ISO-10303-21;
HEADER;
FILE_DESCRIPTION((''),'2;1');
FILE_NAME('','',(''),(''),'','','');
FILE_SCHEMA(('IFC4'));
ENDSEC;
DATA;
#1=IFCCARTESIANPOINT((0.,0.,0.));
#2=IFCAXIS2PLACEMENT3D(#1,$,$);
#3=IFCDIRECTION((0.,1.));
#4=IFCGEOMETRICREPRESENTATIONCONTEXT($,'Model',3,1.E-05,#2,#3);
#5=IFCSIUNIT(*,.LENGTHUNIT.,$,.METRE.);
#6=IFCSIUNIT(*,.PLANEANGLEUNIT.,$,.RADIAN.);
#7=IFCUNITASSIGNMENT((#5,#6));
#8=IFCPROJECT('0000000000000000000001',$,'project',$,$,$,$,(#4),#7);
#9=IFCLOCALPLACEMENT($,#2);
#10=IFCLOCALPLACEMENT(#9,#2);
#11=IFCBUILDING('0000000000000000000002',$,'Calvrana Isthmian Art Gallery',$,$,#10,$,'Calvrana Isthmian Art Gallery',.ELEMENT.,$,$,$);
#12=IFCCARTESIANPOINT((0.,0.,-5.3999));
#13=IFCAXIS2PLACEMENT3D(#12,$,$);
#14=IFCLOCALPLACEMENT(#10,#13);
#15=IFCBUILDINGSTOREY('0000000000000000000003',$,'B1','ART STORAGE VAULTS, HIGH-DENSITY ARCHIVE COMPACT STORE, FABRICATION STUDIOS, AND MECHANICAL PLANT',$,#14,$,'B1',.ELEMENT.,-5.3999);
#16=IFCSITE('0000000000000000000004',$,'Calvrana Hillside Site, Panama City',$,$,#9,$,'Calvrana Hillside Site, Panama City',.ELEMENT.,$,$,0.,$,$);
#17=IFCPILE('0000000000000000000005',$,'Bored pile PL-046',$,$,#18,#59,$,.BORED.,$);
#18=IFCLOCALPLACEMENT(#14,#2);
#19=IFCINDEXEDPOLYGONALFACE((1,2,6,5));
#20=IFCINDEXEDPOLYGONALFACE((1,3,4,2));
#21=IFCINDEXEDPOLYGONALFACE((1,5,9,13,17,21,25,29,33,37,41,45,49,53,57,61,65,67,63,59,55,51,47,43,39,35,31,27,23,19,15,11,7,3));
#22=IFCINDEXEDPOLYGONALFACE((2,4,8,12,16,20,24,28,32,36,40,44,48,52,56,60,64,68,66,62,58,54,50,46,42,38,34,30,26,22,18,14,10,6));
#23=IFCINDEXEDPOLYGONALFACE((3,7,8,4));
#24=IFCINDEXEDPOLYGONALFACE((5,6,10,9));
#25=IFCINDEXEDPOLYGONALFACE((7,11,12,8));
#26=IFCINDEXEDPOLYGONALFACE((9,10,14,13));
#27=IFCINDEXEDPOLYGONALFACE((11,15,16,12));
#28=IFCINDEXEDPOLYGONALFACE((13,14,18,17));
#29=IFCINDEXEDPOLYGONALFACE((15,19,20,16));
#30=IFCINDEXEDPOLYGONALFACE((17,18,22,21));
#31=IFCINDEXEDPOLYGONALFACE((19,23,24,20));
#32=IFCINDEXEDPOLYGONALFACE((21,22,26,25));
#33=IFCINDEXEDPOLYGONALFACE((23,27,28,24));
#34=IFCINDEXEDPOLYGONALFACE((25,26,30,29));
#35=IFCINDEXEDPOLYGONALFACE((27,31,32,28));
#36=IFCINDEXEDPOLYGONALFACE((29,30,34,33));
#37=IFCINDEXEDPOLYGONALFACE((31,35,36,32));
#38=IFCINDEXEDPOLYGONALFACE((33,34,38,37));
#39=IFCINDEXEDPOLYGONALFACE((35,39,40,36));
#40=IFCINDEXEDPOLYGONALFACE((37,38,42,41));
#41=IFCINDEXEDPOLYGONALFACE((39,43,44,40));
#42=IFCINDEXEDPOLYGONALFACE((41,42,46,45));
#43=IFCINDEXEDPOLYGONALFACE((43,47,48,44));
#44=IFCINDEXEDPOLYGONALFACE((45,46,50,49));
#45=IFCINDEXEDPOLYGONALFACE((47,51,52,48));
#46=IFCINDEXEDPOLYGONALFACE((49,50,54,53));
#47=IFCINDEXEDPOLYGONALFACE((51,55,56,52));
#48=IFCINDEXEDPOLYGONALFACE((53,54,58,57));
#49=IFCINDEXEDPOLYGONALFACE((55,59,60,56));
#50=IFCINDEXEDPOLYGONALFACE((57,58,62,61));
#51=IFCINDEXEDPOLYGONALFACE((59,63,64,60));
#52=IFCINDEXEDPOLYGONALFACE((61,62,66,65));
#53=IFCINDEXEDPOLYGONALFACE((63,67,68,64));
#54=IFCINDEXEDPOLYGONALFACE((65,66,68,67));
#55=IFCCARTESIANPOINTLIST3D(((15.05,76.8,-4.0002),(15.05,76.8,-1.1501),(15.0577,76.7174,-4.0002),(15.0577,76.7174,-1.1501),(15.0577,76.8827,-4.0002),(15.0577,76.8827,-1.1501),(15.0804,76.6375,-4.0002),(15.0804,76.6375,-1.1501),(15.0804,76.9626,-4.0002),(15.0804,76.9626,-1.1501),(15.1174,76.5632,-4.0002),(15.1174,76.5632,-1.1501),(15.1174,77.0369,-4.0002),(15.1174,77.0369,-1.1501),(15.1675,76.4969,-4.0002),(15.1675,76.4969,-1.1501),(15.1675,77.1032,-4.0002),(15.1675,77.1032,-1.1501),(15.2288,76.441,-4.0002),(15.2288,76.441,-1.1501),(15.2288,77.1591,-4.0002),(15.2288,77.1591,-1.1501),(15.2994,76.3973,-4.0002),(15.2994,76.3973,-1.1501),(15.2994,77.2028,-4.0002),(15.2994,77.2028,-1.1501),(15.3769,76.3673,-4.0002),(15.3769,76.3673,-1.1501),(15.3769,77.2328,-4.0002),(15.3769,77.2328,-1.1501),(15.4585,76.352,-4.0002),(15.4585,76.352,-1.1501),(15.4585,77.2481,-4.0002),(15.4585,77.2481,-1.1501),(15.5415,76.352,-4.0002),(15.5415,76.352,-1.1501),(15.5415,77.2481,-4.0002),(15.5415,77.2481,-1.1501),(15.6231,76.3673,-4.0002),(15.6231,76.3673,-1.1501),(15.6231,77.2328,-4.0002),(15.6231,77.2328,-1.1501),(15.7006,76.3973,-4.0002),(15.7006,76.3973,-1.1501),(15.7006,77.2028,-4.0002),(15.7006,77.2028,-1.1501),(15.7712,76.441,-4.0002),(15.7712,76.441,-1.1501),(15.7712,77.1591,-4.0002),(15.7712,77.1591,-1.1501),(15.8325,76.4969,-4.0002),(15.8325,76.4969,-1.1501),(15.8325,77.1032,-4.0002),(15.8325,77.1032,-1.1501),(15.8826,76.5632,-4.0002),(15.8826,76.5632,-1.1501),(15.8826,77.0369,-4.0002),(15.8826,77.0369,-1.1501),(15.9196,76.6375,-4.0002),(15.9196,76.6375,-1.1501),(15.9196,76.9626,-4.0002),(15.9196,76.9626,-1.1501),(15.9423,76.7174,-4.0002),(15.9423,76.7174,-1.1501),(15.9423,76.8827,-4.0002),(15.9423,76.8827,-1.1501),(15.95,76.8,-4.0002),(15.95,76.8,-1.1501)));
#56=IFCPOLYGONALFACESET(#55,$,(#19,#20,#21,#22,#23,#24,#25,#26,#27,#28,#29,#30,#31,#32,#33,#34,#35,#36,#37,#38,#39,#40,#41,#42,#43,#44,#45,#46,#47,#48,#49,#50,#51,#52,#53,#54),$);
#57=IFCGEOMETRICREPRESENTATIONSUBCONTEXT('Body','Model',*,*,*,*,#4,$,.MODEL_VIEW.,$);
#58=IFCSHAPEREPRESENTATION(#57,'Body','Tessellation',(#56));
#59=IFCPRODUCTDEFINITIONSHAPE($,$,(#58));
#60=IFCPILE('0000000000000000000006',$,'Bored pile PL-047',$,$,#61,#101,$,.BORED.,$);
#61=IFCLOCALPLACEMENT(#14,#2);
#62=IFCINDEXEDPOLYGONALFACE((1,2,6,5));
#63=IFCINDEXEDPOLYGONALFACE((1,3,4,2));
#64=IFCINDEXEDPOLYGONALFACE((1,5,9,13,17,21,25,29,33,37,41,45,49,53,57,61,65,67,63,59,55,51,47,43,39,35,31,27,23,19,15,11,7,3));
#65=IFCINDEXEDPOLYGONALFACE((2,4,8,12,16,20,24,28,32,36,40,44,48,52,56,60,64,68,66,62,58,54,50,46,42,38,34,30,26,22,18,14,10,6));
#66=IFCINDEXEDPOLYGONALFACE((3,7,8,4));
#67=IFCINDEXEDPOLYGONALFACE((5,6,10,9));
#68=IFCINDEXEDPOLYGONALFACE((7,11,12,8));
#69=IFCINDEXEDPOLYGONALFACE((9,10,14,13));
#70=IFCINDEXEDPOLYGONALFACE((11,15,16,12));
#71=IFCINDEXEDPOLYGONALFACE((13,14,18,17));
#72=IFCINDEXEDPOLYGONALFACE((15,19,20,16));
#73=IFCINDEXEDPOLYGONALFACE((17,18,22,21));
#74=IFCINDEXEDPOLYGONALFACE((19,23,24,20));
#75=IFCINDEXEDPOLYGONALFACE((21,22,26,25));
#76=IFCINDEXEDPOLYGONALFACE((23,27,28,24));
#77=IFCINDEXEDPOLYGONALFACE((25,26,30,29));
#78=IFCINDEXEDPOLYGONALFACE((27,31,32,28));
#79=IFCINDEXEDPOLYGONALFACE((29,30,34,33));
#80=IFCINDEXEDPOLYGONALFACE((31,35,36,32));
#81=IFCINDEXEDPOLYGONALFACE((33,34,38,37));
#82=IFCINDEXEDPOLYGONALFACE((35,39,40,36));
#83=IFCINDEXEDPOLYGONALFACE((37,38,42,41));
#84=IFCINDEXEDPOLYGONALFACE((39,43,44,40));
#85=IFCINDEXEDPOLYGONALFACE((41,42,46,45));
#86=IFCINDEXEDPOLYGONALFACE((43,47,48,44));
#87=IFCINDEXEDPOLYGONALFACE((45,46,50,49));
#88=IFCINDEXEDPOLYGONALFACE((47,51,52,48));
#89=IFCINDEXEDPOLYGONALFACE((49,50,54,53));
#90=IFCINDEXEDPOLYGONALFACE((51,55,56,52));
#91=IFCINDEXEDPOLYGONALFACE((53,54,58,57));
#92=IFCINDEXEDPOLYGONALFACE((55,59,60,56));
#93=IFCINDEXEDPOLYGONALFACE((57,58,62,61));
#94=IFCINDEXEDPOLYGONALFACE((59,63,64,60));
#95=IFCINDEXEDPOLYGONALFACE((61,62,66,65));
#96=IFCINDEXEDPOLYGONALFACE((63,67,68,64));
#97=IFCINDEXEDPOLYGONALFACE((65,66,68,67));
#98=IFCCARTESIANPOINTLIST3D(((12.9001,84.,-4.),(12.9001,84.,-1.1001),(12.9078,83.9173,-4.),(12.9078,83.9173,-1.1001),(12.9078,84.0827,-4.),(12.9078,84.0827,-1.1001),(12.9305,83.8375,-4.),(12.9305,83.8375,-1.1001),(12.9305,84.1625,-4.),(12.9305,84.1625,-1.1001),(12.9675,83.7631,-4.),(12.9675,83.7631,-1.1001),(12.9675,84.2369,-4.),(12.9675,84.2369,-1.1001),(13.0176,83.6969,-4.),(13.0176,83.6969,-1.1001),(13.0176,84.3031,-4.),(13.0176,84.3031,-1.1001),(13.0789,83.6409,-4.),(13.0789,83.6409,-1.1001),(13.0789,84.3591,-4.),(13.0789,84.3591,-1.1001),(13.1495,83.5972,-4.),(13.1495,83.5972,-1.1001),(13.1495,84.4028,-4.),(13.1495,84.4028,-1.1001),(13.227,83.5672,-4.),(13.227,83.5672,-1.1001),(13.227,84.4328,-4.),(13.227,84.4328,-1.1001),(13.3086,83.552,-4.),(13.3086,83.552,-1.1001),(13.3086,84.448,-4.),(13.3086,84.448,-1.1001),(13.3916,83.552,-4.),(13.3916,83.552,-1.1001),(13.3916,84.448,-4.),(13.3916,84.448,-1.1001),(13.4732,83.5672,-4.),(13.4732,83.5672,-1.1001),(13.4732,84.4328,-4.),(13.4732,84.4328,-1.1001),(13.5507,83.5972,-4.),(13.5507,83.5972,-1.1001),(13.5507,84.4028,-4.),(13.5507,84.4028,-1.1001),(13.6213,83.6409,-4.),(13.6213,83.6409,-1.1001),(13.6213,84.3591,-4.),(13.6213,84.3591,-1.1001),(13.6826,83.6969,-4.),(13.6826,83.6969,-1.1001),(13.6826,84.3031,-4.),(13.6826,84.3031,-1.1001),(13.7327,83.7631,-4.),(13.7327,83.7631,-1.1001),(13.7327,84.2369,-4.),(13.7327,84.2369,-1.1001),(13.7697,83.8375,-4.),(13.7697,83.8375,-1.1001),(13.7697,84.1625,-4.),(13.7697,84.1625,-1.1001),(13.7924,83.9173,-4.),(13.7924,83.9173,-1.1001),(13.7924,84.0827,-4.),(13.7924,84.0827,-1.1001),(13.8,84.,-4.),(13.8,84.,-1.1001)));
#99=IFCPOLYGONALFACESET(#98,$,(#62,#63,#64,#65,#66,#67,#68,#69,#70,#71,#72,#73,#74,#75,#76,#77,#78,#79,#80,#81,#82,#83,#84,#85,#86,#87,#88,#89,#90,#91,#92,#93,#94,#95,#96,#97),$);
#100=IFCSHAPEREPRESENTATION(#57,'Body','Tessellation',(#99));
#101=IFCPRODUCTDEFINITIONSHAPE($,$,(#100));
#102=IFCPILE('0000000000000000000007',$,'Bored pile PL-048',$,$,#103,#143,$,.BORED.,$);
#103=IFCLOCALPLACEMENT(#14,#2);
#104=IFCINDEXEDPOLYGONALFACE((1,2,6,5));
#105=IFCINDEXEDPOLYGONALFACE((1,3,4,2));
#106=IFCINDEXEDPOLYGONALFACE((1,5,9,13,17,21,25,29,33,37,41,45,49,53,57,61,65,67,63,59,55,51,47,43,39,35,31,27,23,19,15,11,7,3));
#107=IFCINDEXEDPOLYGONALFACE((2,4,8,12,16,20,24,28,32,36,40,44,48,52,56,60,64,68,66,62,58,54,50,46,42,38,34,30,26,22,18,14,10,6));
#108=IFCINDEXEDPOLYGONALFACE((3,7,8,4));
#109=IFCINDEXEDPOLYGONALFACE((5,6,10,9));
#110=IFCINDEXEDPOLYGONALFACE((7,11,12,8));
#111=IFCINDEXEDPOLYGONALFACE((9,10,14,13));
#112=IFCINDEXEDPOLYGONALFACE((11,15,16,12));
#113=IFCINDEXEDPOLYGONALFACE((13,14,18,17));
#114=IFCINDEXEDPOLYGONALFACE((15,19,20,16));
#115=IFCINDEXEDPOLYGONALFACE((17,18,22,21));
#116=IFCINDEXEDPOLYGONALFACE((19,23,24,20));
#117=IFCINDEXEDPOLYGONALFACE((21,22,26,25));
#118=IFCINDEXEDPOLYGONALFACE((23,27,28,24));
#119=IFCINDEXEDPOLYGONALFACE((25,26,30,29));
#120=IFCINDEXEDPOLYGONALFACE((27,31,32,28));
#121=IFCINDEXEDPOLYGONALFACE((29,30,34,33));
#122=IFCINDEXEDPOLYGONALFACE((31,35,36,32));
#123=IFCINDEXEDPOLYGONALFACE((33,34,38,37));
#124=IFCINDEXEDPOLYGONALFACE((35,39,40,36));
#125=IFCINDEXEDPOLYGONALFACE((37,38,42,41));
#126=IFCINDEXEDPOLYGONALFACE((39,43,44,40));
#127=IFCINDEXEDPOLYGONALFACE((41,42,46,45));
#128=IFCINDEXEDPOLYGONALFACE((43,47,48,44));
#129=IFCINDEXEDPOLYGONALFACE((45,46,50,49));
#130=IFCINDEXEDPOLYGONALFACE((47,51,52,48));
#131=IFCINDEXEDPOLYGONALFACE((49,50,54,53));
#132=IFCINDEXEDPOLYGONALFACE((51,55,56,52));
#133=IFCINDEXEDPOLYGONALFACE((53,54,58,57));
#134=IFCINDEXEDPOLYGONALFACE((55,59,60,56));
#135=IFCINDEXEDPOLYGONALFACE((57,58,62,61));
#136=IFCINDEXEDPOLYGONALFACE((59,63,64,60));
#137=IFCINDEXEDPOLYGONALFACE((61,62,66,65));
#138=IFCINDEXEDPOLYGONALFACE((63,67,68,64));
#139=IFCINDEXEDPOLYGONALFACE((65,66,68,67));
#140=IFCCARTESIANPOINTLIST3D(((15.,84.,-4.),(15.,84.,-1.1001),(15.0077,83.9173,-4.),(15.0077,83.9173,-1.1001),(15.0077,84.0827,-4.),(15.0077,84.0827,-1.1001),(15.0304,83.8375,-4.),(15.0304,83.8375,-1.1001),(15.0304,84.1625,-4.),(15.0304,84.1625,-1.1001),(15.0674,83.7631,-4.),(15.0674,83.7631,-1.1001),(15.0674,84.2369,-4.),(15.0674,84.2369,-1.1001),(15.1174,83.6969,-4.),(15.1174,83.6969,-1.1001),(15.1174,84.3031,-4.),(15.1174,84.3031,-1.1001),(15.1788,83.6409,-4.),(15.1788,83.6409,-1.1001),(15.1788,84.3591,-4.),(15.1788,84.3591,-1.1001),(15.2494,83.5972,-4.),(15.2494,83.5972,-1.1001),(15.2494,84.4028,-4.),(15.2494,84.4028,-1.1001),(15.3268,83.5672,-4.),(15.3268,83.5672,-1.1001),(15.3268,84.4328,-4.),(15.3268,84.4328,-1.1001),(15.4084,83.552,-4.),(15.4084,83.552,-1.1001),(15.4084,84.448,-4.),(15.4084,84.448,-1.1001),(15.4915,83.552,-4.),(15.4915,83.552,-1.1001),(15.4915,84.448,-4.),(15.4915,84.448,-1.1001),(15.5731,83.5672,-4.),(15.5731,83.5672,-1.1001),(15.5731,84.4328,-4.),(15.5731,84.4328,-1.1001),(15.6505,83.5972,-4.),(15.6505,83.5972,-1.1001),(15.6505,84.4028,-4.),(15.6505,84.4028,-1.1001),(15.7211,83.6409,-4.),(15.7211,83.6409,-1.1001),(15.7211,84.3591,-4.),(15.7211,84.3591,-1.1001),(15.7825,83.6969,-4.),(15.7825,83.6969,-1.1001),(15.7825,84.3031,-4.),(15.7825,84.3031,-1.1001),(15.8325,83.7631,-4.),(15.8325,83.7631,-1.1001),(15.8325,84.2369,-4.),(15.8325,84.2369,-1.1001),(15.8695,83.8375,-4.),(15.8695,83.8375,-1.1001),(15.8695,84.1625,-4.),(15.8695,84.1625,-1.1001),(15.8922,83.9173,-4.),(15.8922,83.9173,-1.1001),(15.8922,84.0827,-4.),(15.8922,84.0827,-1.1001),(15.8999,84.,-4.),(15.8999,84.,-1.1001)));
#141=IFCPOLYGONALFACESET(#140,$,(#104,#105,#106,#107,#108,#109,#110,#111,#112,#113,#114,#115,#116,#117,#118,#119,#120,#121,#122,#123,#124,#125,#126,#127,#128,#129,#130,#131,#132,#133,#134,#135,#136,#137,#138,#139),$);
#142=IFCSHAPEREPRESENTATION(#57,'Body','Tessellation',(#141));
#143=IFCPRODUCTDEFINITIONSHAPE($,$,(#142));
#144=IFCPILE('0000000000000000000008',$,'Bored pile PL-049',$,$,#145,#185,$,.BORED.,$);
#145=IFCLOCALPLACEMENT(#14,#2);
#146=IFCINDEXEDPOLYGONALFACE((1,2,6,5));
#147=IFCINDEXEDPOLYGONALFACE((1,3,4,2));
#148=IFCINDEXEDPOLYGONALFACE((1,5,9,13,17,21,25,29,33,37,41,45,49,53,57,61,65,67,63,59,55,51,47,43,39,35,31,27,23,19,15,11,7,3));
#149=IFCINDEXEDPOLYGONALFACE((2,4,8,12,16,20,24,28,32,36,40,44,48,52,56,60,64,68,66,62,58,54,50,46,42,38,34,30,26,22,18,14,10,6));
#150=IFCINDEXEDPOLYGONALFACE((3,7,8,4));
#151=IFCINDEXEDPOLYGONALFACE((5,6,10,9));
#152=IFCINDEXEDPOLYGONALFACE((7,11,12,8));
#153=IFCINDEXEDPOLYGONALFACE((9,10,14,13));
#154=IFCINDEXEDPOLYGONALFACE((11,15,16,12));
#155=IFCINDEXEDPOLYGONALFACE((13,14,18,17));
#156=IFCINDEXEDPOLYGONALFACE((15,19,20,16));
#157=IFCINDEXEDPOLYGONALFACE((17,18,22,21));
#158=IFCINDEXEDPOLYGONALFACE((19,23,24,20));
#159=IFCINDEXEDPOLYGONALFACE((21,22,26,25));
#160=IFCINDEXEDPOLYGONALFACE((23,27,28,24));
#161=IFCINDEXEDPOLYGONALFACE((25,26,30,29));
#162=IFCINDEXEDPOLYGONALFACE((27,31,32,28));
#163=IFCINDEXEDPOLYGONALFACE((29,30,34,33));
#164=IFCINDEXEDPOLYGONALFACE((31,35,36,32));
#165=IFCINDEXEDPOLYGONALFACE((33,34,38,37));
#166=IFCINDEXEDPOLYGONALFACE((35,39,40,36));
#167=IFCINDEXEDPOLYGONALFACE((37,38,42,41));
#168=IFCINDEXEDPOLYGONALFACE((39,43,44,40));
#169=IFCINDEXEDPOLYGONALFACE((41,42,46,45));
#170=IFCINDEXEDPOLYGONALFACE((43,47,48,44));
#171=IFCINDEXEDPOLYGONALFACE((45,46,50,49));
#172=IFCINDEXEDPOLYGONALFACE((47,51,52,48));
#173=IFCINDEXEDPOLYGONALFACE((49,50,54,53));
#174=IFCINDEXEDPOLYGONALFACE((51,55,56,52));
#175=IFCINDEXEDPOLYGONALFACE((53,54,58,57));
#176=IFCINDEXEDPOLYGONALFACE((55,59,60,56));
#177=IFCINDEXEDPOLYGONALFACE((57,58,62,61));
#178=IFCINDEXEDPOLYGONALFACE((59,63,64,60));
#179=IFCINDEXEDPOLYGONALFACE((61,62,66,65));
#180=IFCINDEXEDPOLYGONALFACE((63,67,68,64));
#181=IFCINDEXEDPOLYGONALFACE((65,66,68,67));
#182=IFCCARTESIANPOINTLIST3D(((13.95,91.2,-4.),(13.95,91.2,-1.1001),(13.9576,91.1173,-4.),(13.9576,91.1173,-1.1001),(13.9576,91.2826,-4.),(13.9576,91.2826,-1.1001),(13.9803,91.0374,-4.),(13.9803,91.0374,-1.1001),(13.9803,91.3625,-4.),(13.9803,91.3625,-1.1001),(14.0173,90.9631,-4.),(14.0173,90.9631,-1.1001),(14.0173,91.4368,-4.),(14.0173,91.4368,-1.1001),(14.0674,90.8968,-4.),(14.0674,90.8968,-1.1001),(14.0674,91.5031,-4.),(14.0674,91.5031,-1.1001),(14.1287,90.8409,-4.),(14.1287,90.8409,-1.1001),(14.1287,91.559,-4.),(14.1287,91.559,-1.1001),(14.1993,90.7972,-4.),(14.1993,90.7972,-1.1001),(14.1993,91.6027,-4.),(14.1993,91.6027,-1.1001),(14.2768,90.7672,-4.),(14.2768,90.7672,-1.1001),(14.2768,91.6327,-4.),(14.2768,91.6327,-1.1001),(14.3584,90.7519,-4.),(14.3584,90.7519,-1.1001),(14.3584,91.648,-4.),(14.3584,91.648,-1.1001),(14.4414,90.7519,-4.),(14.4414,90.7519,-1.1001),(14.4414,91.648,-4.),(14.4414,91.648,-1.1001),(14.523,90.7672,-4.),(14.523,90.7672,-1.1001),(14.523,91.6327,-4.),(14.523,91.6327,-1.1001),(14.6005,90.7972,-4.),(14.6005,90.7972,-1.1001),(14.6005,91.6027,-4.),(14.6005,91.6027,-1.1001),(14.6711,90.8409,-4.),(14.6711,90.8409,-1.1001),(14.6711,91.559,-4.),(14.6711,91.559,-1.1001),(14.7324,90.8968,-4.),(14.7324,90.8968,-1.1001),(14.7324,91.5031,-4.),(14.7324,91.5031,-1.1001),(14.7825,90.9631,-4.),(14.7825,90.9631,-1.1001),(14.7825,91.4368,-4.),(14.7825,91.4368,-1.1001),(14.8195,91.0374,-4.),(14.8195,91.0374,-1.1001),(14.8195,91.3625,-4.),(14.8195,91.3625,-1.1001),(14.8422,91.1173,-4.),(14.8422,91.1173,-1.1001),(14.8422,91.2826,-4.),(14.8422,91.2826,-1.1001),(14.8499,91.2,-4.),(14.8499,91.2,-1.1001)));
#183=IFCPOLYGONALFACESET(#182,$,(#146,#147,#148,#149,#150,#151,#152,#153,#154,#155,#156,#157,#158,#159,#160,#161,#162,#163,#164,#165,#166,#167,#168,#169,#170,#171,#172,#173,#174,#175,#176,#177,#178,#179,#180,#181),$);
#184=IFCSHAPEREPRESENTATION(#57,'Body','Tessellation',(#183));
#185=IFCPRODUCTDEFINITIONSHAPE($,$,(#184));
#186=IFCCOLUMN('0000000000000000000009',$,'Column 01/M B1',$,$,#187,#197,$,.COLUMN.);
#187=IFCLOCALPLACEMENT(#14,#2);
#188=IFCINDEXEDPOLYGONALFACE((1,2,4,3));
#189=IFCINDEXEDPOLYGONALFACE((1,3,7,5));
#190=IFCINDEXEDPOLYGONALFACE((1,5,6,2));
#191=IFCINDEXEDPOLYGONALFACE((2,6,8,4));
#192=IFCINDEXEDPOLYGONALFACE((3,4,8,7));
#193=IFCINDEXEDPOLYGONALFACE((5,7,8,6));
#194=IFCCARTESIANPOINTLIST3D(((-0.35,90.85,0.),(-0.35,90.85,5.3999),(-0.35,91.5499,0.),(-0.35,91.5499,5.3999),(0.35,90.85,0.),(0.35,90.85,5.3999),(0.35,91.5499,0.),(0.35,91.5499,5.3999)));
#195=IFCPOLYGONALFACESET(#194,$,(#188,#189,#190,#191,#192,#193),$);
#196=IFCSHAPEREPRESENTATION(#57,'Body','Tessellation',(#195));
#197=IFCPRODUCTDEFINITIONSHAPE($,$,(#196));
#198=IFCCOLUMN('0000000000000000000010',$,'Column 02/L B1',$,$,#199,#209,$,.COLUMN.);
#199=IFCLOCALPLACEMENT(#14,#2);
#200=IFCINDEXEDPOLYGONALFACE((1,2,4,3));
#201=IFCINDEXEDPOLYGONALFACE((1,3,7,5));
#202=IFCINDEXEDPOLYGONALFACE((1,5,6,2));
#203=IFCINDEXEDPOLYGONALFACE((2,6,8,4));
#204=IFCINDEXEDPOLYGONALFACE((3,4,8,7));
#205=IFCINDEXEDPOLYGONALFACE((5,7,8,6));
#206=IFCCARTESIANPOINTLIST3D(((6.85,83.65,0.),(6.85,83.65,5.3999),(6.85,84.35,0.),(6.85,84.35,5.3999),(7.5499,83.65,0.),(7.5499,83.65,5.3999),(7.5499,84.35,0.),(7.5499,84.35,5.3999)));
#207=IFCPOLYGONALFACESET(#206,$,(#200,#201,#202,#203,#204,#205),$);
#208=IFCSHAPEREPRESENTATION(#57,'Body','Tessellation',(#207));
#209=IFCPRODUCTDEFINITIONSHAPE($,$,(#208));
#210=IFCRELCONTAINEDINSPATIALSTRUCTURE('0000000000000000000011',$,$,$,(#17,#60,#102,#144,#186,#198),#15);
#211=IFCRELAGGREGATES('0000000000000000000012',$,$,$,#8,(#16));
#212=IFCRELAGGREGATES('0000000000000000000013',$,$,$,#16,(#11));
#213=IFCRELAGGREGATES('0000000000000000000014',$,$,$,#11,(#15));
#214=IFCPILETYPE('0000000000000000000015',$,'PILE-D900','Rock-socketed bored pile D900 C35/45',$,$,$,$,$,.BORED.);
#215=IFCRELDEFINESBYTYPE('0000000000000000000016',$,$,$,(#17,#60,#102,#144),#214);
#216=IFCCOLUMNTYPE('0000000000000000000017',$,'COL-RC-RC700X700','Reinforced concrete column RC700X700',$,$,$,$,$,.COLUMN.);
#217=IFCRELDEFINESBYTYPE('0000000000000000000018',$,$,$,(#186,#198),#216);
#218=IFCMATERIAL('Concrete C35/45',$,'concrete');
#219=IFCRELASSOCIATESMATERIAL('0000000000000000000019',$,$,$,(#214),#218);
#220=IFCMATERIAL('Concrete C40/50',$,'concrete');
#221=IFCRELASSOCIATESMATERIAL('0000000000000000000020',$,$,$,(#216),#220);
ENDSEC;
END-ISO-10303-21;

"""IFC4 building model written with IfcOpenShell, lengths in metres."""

from ifc_helpers import new_model, si_unit, direction, frame, origin, origin_2d, place, context, subcontext, project, spatial, rectangle, circle, extrude, material, material_profile, profile_set, type_object, element, save


model = new_model("IFC4")

# Units and contexts
model_context = context("Model", 3, precision=1e-05, world=origin(), true_north=direction((0.0, 1.0)))
body_context = subcontext(model_context, "Body", "Model", "MODEL_VIEW")
ifc_project = project(units=[si_unit("LENGTHUNIT", "METRE"), si_unit("PLANEANGLEUNIT", "RADIAN")], contexts=[model_context])

# Site, building, storey
site_placement = place(None, origin())
site = spatial("IfcSite", under=ifc_project, at=site_placement, Name="Calvrana Hillside Site, Panama City", LongName="Calvrana Hillside Site, Panama City", CompositionType="ELEMENT", RefElevation=0.0)
building_placement = place(site_placement, origin())
building = spatial("IfcBuilding", under=site, at=building_placement, Name="Calvrana Isthmian Art Gallery", LongName="Calvrana Isthmian Art Gallery", CompositionType="ELEMENT")
storey_placement = place(building_placement, frame((0.0, 0.0, -5.3999)))
storey = spatial("IfcBuildingStorey", under=building, at=storey_placement, Name="B1", Description="ART STORAGE VAULTS, HIGH-DENSITY ARCHIVE COMPACT STORE, FABRICATION STUDIOS, AND MECHANICAL PLANT", LongName="B1", CompositionType="ELEMENT", Elevation=-5.3999)

# Shared definitions
ifc_material_1 = material(Name="Concrete C35/45", Category="concrete")

# Piles
ifc_material_profile_1 = material_profile(ifc_material_1, circle(Radius=0.45, at=origin_2d()), Name="PILE900D")
ifc_profile_set_1 = profile_set([ifc_material_profile_1], Name="Concrete C35/45")
pile_type_1 = type_object("IfcPileType", Name="PILE-D900", Description="Rock-socketed bored pile D900 C35/45", PredefinedType="BORED", material=ifc_profile_set_1)
for number, where, z_axis, x_axis, name in (
    (1, (15.5, 76.8, -1.1501), (0.0, 0.0, -1.0), (1.0, 0.0, 0.0), "Bored pile PL-046"),
):
    element("IfcPile", number, at=place(storey_placement, frame(where, z_axis=z_axis, x_axis=x_axis)), inside=storey, type_object=pile_type_1, Name=name, PredefinedType="BORED", context=body_context, shape_type="SweptSolid", body=[
        extrude(circle(Radius=0.45, at=origin_2d()), origin(), (0.0, 0.0, 1.0), 2.8501),
    ])
for number, where, z_axis, x_axis, name in (
    (2, (13.3501, 84.0, -1.1001), (0.0, 0.0, -1.0), (1.0, 0.0, 0.0), "Bored pile PL-047"),
    (3, (15.45, 84.0, -1.1001), (0.0, 0.0, -1.0), (1.0, 0.0, 0.0), "Bored pile PL-048"),
    (4, (14.3999, 91.2, -1.1001), (0.0, 0.0, -1.0), (1.0, 0.0, 0.0), "Bored pile PL-049"),
):
    element("IfcPile", number, at=place(storey_placement, frame(where, z_axis=z_axis, x_axis=x_axis)), inside=storey, type_object=pile_type_1, Name=name, PredefinedType="BORED", context=body_context, shape_type="SweptSolid", body=[
        extrude(circle(Radius=0.45, at=origin_2d()), origin(), (0.0, 0.0, 1.0), 2.8999),
    ])

# Columns
ifc_material_2 = material(Name="Concrete C40/50", Category="concrete")
ifc_material_profile_2 = material_profile(ifc_material_2, rectangle(XDim=0.7, YDim=0.7, at=origin_2d()), Name="RC700X700")
ifc_profile_set_2 = profile_set([ifc_material_profile_2], Name="Concrete C40/50")
column_type_1 = type_object("IfcColumnType", Name="COL-RC-RC700X700", Description="Reinforced concrete column RC700X700", PredefinedType="COLUMN", material=ifc_profile_set_2)
for number, where, z_axis, x_axis, name in (
    (5, (0.0, 91.2, 0.0), (0.0, 0.0, 1.0), (1.0, 0.0, 0.0), "Column 01/M B1"),
    (6, (7.2, 84.0, 0.0), (0.0, 0.0, 1.0), (1.0, 0.0, 0.0), "Column 02/L B1"),
):
    element("IfcColumn", number, at=place(storey_placement, frame(where, z_axis=z_axis, x_axis=x_axis)), inside=storey, type_object=column_type_1, Name=name, PredefinedType="COLUMN", context=body_context, shape_type="SweptSolid", body=[
        extrude(rectangle(XDim=0.7, YDim=0.7, at=origin_2d()), origin(), (0.0, 0.0, 1.0), 5.3999),
    ])

save(model, "model.ifc")
